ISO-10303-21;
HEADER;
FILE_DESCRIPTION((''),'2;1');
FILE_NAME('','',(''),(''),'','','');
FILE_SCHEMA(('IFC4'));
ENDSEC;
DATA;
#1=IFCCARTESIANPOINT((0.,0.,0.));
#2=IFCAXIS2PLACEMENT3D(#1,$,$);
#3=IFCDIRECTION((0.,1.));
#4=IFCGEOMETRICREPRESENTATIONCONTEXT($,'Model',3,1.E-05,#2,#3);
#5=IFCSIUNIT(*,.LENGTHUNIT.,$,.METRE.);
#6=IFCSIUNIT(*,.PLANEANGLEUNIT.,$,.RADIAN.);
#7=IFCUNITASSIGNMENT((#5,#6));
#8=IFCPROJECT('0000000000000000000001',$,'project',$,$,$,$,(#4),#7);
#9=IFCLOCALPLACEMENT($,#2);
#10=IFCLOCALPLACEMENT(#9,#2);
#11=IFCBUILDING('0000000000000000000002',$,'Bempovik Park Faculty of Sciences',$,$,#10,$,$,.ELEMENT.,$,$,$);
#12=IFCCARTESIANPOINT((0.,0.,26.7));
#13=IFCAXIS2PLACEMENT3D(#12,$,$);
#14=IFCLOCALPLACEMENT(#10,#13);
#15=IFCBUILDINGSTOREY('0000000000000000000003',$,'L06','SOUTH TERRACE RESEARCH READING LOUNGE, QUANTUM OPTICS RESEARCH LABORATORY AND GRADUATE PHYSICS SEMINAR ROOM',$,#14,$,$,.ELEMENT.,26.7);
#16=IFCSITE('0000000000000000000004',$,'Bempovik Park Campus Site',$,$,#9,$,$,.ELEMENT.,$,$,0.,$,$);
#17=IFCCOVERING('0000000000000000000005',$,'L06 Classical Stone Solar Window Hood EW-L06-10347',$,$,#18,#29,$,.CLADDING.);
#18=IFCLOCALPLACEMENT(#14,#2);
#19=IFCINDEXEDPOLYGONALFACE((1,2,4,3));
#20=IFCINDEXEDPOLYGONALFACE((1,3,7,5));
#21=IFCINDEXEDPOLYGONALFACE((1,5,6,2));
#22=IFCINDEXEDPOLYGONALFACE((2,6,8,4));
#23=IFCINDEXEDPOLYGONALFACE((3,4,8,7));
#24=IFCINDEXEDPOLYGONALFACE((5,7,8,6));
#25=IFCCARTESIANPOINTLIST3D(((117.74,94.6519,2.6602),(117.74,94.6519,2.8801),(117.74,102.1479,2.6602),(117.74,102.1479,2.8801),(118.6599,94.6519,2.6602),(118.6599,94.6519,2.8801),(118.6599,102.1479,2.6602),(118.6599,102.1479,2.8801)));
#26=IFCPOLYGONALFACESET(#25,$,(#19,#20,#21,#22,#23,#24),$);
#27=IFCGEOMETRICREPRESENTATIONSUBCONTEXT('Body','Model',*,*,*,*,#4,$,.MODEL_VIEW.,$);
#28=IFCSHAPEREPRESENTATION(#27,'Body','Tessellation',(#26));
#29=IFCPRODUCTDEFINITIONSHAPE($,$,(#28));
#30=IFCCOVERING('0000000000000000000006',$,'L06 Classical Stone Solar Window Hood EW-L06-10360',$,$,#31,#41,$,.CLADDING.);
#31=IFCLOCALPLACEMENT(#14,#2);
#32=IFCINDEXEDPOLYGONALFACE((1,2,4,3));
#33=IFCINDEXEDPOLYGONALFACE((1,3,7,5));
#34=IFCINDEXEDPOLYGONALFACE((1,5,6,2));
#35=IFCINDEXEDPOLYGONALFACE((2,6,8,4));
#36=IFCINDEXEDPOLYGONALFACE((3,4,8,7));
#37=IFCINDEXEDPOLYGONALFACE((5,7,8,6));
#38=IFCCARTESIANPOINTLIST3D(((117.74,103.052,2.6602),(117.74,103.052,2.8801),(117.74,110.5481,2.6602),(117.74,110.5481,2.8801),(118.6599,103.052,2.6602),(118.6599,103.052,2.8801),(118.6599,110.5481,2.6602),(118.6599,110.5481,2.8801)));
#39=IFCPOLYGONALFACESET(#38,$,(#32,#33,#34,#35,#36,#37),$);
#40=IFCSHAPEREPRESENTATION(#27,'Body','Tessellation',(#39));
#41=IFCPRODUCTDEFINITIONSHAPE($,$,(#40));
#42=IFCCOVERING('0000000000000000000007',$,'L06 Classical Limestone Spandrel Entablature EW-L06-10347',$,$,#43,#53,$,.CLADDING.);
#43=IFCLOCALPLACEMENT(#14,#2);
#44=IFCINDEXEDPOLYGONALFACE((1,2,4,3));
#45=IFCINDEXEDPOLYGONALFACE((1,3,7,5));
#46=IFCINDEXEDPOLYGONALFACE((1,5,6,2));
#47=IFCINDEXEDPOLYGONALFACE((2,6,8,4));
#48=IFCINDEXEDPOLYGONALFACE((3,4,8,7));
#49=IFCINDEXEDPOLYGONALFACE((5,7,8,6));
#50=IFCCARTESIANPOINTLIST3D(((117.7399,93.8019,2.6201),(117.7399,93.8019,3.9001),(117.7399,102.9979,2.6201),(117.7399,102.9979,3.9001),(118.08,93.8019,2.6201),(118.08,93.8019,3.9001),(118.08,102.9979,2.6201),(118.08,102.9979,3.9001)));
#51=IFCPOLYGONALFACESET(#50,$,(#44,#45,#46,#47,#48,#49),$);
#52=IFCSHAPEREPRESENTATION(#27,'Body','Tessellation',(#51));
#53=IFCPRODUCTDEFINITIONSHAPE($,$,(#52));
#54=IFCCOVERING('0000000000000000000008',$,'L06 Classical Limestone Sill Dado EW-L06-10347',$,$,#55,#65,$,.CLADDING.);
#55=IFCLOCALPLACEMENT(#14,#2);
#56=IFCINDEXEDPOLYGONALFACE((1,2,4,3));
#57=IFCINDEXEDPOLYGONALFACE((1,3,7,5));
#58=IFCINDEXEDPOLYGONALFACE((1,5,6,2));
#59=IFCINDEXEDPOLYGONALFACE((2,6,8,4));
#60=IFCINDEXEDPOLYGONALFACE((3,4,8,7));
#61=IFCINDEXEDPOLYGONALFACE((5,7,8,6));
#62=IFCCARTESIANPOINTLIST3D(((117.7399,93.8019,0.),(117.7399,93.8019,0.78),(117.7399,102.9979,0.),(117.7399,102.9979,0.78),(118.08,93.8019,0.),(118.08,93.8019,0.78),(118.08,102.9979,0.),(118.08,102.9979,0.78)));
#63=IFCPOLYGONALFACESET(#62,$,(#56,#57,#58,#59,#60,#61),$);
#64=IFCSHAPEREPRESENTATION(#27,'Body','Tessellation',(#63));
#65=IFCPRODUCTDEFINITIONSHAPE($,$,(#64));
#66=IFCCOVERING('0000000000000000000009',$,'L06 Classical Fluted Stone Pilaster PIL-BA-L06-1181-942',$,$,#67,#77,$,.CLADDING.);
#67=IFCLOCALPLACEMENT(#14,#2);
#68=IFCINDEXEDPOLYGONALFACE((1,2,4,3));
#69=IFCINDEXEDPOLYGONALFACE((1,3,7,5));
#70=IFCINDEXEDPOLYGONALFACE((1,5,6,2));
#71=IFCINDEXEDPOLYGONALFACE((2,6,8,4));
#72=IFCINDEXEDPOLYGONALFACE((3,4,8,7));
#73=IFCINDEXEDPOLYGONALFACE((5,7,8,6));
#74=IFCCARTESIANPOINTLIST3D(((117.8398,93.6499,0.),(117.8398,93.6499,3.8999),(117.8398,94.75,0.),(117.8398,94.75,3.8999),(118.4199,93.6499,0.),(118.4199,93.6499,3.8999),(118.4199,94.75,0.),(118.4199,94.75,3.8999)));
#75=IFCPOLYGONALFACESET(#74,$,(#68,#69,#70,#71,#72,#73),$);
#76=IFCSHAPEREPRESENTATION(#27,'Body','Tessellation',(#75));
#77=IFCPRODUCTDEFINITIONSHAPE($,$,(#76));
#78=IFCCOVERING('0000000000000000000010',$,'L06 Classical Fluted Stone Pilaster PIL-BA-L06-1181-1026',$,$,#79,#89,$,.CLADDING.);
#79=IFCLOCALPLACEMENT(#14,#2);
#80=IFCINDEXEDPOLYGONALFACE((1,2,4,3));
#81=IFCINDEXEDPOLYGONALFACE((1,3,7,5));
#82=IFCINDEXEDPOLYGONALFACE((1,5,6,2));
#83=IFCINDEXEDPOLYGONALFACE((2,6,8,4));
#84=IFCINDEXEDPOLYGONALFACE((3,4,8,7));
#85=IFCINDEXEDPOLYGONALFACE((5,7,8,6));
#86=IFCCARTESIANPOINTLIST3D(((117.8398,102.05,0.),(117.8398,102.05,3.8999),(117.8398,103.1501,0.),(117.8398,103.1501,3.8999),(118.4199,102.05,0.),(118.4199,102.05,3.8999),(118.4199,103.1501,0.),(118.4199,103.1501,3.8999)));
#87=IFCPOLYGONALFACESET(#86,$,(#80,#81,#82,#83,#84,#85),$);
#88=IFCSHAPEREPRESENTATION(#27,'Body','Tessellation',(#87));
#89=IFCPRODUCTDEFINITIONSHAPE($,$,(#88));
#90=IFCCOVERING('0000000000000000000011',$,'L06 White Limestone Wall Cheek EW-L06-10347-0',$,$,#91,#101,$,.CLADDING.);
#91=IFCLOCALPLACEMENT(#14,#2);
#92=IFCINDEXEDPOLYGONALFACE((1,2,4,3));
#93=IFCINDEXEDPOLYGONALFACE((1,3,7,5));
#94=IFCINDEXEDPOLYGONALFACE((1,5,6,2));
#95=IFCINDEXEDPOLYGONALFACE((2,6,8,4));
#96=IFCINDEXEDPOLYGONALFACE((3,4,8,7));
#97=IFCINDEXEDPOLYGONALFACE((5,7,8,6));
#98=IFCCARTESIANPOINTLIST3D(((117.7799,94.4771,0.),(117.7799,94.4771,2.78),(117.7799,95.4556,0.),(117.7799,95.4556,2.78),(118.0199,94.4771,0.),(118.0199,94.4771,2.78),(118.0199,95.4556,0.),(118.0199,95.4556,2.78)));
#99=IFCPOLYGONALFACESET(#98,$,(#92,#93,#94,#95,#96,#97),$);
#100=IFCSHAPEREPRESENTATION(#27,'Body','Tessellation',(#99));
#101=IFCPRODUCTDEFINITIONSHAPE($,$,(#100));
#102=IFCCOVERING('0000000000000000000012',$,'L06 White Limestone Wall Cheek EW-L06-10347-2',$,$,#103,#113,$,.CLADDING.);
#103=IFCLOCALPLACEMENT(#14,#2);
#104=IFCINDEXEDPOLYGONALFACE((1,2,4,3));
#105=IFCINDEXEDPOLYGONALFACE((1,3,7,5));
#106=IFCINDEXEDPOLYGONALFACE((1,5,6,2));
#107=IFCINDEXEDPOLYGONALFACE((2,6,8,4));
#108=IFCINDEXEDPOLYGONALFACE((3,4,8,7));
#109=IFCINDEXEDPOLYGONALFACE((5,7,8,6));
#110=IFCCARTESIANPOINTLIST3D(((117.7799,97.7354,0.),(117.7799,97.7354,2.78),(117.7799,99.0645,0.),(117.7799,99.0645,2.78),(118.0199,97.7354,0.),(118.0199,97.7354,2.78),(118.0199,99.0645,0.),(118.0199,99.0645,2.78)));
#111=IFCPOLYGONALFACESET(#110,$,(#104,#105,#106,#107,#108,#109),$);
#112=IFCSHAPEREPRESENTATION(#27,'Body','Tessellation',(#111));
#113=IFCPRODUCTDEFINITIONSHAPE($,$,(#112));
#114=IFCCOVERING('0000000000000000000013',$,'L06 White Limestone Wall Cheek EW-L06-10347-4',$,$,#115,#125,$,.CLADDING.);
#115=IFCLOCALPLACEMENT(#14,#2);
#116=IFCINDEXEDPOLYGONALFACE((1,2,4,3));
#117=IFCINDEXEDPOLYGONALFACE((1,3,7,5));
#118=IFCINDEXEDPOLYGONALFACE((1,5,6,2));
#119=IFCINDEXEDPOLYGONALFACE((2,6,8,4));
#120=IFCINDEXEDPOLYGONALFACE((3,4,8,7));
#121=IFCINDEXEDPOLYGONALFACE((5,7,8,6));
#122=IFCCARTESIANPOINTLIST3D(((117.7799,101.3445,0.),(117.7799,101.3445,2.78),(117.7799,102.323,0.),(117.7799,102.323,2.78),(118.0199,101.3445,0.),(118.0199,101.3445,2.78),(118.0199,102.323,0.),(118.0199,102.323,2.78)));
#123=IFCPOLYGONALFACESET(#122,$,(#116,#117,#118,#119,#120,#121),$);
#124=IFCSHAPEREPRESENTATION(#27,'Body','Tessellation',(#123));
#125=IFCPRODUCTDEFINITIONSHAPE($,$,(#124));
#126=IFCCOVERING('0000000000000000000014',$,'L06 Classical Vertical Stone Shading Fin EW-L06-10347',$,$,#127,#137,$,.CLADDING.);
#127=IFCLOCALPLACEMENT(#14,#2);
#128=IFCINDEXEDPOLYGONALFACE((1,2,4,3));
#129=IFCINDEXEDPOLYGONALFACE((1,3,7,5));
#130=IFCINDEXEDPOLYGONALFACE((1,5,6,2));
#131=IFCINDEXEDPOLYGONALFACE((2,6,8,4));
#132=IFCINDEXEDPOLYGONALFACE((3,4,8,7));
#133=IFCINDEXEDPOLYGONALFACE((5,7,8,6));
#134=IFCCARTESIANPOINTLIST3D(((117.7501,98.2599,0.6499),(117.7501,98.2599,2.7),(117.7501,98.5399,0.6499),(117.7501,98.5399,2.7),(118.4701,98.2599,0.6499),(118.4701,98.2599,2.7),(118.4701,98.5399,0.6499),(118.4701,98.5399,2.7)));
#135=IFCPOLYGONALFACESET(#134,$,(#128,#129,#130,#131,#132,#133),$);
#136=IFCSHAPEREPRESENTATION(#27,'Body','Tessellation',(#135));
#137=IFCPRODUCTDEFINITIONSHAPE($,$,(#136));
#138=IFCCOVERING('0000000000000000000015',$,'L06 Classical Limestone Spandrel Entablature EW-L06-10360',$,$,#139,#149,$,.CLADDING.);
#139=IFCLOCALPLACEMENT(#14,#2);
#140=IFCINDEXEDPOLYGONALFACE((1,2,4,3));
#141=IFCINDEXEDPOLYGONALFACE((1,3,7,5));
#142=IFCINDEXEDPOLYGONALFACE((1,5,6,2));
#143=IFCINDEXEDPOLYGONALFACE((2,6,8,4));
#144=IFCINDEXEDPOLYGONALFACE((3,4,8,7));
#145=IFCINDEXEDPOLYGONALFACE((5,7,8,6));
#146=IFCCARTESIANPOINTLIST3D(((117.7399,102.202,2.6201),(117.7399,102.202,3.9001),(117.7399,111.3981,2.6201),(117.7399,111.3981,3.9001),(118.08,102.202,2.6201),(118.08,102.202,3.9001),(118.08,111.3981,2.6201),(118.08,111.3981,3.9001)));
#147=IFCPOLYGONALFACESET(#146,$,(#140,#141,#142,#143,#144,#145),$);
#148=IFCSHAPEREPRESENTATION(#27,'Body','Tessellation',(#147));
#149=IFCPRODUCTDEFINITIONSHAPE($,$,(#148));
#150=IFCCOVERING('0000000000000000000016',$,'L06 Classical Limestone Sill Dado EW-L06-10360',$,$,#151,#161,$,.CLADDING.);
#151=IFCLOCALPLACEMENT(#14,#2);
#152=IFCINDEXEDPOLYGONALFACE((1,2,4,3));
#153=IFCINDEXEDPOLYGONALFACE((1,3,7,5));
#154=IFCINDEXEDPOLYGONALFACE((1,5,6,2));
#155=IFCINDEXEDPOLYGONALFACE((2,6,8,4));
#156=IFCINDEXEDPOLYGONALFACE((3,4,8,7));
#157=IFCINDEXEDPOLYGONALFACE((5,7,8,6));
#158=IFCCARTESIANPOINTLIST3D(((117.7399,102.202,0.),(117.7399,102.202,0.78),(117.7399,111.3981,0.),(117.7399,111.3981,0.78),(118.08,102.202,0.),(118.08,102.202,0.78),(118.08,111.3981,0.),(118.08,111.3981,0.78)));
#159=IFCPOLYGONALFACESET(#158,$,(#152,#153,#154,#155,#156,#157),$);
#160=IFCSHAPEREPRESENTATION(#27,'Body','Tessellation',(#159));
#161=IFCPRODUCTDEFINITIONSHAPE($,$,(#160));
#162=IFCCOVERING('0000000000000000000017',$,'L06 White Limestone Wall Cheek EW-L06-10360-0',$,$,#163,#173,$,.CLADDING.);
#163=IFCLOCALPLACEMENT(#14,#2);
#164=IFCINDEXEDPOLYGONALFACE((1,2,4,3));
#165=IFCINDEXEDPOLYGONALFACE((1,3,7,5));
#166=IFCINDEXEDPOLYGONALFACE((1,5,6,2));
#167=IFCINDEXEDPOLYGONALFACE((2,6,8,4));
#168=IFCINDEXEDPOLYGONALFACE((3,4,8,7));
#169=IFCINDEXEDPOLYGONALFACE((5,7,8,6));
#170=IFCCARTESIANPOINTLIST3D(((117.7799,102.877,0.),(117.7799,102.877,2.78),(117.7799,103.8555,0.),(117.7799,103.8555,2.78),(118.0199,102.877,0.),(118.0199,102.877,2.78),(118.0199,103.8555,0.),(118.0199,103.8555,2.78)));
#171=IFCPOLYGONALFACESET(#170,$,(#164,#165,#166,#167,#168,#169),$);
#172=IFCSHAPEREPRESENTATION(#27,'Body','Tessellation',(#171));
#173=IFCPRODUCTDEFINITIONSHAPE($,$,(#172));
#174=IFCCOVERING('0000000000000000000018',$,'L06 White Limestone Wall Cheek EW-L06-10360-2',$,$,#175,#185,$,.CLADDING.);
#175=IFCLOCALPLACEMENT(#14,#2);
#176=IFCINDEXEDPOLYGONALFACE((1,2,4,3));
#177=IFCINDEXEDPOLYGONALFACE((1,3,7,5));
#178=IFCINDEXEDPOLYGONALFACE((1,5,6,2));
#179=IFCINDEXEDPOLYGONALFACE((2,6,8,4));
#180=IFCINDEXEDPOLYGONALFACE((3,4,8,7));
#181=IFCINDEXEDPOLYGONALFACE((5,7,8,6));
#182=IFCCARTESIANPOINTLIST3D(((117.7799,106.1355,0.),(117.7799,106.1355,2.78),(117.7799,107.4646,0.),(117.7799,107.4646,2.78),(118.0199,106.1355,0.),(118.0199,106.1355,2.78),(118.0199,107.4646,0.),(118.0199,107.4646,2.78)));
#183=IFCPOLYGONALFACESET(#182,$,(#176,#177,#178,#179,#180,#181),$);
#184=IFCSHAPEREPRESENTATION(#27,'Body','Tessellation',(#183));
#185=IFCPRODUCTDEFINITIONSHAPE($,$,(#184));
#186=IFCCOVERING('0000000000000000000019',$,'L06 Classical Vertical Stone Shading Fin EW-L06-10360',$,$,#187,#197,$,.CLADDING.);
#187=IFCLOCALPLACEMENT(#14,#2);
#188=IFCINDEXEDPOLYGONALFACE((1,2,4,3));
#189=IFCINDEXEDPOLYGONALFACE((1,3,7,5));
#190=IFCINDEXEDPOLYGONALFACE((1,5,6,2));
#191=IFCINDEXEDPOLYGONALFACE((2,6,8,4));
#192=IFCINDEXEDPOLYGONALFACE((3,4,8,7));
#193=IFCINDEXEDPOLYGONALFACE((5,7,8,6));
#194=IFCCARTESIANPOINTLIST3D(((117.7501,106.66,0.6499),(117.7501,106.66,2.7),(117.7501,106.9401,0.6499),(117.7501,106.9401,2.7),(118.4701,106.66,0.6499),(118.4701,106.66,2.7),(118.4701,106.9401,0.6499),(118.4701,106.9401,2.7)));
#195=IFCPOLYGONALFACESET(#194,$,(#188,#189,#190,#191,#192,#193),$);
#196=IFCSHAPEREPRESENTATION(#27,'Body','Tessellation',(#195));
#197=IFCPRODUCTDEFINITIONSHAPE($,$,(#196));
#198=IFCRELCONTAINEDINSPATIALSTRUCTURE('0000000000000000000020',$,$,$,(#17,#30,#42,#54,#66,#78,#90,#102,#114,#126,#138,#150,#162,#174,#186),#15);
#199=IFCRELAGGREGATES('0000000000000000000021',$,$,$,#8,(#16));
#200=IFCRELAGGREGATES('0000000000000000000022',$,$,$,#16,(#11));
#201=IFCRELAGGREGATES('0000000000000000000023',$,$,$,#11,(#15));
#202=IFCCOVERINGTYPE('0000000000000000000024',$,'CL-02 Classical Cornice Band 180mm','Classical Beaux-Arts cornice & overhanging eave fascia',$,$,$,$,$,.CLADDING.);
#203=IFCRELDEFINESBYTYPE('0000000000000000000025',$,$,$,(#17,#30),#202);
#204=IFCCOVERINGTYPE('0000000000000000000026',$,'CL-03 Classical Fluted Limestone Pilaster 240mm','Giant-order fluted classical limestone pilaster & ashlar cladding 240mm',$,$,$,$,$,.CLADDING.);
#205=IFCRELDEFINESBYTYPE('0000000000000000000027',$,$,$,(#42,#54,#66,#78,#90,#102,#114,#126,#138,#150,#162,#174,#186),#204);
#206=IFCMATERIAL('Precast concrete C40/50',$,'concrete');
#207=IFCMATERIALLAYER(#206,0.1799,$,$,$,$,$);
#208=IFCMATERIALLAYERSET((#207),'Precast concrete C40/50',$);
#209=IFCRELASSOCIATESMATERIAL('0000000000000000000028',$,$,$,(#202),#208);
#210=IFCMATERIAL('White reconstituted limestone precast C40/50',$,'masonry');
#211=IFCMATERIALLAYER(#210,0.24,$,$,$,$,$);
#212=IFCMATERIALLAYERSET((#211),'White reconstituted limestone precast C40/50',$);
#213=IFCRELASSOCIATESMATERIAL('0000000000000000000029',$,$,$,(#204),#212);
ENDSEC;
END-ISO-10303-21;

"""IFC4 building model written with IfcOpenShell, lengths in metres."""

from ifc_helpers import new_model, si_unit, direction, frame, origin, origin_2d, place, context, subcontext, project, spatial, rectangle, extrude, material, layer, layer_set, type_object, element, save


model = new_model("IFC4")

# Units and contexts
model_context = context("Model", 3, precision=1e-05, world=origin(), true_north=direction((0.0, 1.0)))
body_context = subcontext(model_context, "Body", "Model", "MODEL_VIEW")
ifc_project = project(units=[si_unit("LENGTHUNIT", "METRE"), si_unit("PLANEANGLEUNIT", "RADIAN")], contexts=[model_context])

# Site, building, storey
site_placement = place(None, origin())
site = spatial("IfcSite", under=ifc_project, at=site_placement, Name="Bempovik Park Campus Site", CompositionType="ELEMENT", RefElevation=0.0)
building_placement = place(site_placement, origin())
building = spatial("IfcBuilding", under=site, at=building_placement, Name="Bempovik Park Faculty of Sciences", CompositionType="ELEMENT")
storey_placement = place(building_placement, frame((0.0, 0.0, 26.7)))
storey = spatial("IfcBuildingStorey", under=building, at=storey_placement, Name="L06", Description="SOUTH TERRACE RESEARCH READING LOUNGE, QUANTUM OPTICS RESEARCH LABORATORY AND GRADUATE PHYSICS SEMINAR ROOM", CompositionType="ELEMENT", Elevation=26.7)

# Shared definitions
ifc_material_1 = material(Name="Precast concrete C40/50", Category="concrete")

# Coverings
ifc_layer_1 = layer(ifc_material_1, 0.1799)
ifc_layer_set_1 = layer_set([ifc_layer_1], Name="Precast concrete C40/50")
covering_type_1 = type_object("IfcCoveringType", Name="CL-02 Classical Cornice Band 180mm", Description="Classical Beaux-Arts cornice & overhanging eave fascia", PredefinedType="CLADDING", material=ifc_layer_set_1)
for number, where, z_axis, x_axis, name in (
    (1, (118.2, 98.3999, 2.6602), (0.0, 0.0, 1.0), (1.0, 0.0, 0.0), "L06 Classical Stone Solar Window Hood EW-L06-10347"),
    (2, (118.2, 106.8, 2.6602), (0.0, 0.0, 1.0), (1.0, 0.0, 0.0), "L06 Classical Stone Solar Window Hood EW-L06-10360"),
):
    element("IfcCovering", number, at=place(storey_placement, frame(where, z_axis=z_axis, x_axis=x_axis)), inside=storey, type_object=covering_type_1, Name=name, PredefinedType="CLADDING", context=body_context, shape_type="SweptSolid", body=[
        extrude(rectangle(XDim=0.9199, YDim=7.4961, at=origin_2d()), origin(), (0.0, 0.0, 1.0), 0.22),
    ])
ifc_material_2 = material(Name="White reconstituted limestone precast C40/50", Category="masonry")
ifc_layer_2 = layer(ifc_material_2, 0.24)
ifc_layer_set_2 = layer_set([ifc_layer_2], Name="White reconstituted limestone precast C40/50")
covering_type_2 = type_object("IfcCoveringType", Name="CL-03 Classical Fluted Limestone Pilaster 240mm", Description="Giant-order fluted classical limestone pilaster & ashlar cladding 240mm", PredefinedType="CLADDING", material=ifc_layer_set_2)
covering_1_placement = place(storey_placement, frame((117.9099, 98.3999, 2.6201), z_axis=(0.0, 0.0, 1.0), x_axis=(1.0, 0.0, 0.0)))
element("IfcCovering", 3, at=covering_1_placement, inside=storey, type_object=covering_type_2, Name="L06 Classical Limestone Spandrel Entablature EW-L06-10347", PredefinedType="CLADDING", context=body_context, shape_type="SweptSolid", body=[
    extrude(rectangle(XDim=0.3401, YDim=9.196, at=origin_2d()), origin(), (0.0, 0.0, 1.0), 1.28),
])
covering_2_placement = place(storey_placement, frame((117.9099, 98.3999, 0.0), z_axis=(0.0, 0.0, 1.0), x_axis=(1.0, 0.0, 0.0)))
element("IfcCovering", 4, at=covering_2_placement, inside=storey, type_object=covering_type_2, Name="L06 Classical Limestone Sill Dado EW-L06-10347", PredefinedType="CLADDING", context=body_context, shape_type="SweptSolid", body=[
    extrude(rectangle(XDim=0.3401, YDim=9.196, at=origin_2d()), origin(), (0.0, 0.0, 1.0), 0.78),
])
for number, where, z_axis, x_axis, name in (
    (5, (118.1299, 94.2, 0.0), (0.0, 0.0, 1.0), (1.0, 0.0, 0.0), "L06 Classical Fluted Stone Pilaster PIL-BA-L06-1181-942"),
    (6, (118.1299, 102.6001, 0.0), (0.0, 0.0, 1.0), (1.0, 0.0, 0.0), "L06 Classical Fluted Stone Pilaster PIL-BA-L06-1181-1026"),
):
    element("IfcCovering", number, at=place(storey_placement, frame(where, z_axis=z_axis, x_axis=x_axis)), inside=storey, type_object=covering_type_2, Name=name, PredefinedType="CLADDING", context=body_context, shape_type="SweptSolid", body=[
        extrude(rectangle(XDim=0.5801, YDim=1.1001, at=origin_2d()), origin(), (0.0, 0.0, 1.0), 3.8999),
    ])
covering_3_placement = place(storey_placement, frame((117.8999, 94.9663, 0.0), z_axis=(0.0, 0.0, 1.0), x_axis=(1.0, 0.0, 0.0)))
element("IfcCovering", 7, at=covering_3_placement, inside=storey, type_object=covering_type_2, Name="L06 White Limestone Wall Cheek EW-L06-10347-0", PredefinedType="CLADDING", context=body_context, shape_type="SweptSolid", body=[
    extrude(rectangle(XDim=0.24, YDim=0.9785, at=origin_2d()), origin(), (0.0, 0.0, 1.0), 2.78),
])
covering_4_placement = place(storey_placement, frame((117.8999, 98.3999, 0.0), z_axis=(0.0, 0.0, 1.0), x_axis=(1.0, 0.0, 0.0)))
element("IfcCovering", 8, at=covering_4_placement, inside=storey, type_object=covering_type_2, Name="L06 White Limestone Wall Cheek EW-L06-10347-2", PredefinedType="CLADDING", context=body_context, shape_type="SweptSolid", body=[
    extrude(rectangle(XDim=0.24, YDim=1.3291, at=origin_2d()), origin(), (0.0, 0.0, 1.0), 2.78),
])
covering_5_placement = place(storey_placement, frame((117.8999, 101.8337, 0.0), z_axis=(0.0, 0.0, 1.0), x_axis=(1.0, 0.0, 0.0)))
element("IfcCovering", 9, at=covering_5_placement, inside=storey, type_object=covering_type_2, Name="L06 White Limestone Wall Cheek EW-L06-10347-4", PredefinedType="CLADDING", context=body_context, shape_type="SweptSolid", body=[
    extrude(rectangle(XDim=0.24, YDim=0.9785, at=origin_2d()), origin(), (0.0, 0.0, 1.0), 2.78),
])
covering_6_placement = place(storey_placement, frame((118.1101, 98.3999, 0.6499), z_axis=(0.0, 0.0, 1.0), x_axis=(1.0, 0.0, 0.0)))
element("IfcCovering", 10, at=covering_6_placement, inside=storey, type_object=covering_type_2, Name="L06 Classical Vertical Stone Shading Fin EW-L06-10347", PredefinedType="CLADDING", context=body_context, shape_type="SweptSolid", body=[
    extrude(rectangle(XDim=0.72, YDim=0.28, at=origin_2d()), origin(), (0.0, 0.0, 1.0), 2.05),
])
covering_7_placement = place(storey_placement, frame((117.9099, 106.8, 2.6201), z_axis=(0.0, 0.0, 1.0), x_axis=(1.0, 0.0, 0.0)))
element("IfcCovering", 11, at=covering_7_placement, inside=storey, type_object=covering_type_2, Name="L06 Classical Limestone Spandrel Entablature EW-L06-10360", PredefinedType="CLADDING", context=body_context, shape_type="SweptSolid", body=[
    extrude(rectangle(XDim=0.3401, YDim=9.196, at=origin_2d()), origin(), (0.0, 0.0, 1.0), 1.28),
])
covering_8_placement = place(storey_placement, frame((117.9099, 106.8, 0.0), z_axis=(0.0, 0.0, 1.0), x_axis=(1.0, 0.0, 0.0)))
element("IfcCovering", 12, at=covering_8_placement, inside=storey, type_object=covering_type_2, Name="L06 Classical Limestone Sill Dado EW-L06-10360", PredefinedType="CLADDING", context=body_context, shape_type="SweptSolid", body=[
    extrude(rectangle(XDim=0.3401, YDim=9.196, at=origin_2d()), origin(), (0.0, 0.0, 1.0), 0.78),
])
covering_9_placement = place(storey_placement, frame((117.8999, 103.3662, 0.0), z_axis=(0.0, 0.0, 1.0), x_axis=(1.0, 0.0, 0.0)))
element("IfcCovering", 13, at=covering_9_placement, inside=storey, type_object=covering_type_2, Name="L06 White Limestone Wall Cheek EW-L06-10360-0", PredefinedType="CLADDING", context=body_context, shape_type="SweptSolid", body=[
    extrude(rectangle(XDim=0.24, YDim=0.9785, at=origin_2d()), origin(), (0.0, 0.0, 1.0), 2.78),
])
covering_10_placement = place(storey_placement, frame((117.8999, 106.8, 0.0), z_axis=(0.0, 0.0, 1.0), x_axis=(1.0, 0.0, 0.0)))
element("IfcCovering", 14, at=covering_10_placement, inside=storey, type_object=covering_type_2, Name="L06 White Limestone Wall Cheek EW-L06-10360-2", PredefinedType="CLADDING", context=body_context, shape_type="SweptSolid", body=[
    extrude(rectangle(XDim=0.24, YDim=1.3291, at=origin_2d()), origin(), (0.0, 0.0, 1.0), 2.78),
])
covering_11_placement = place(storey_placement, frame((118.1101, 106.8, 0.6499), z_axis=(0.0, 0.0, 1.0), x_axis=(1.0, 0.0, 0.0)))
element("IfcCovering", 15, at=covering_11_placement, inside=storey, type_object=covering_type_2, Name="L06 Classical Vertical Stone Shading Fin EW-L06-10360", PredefinedType="CLADDING", context=body_context, shape_type="SweptSolid", body=[
    extrude(rectangle(XDim=0.72, YDim=0.28, at=origin_2d()), origin(), (0.0, 0.0, 1.0), 2.05),
])

save(model, "model.ifc")
